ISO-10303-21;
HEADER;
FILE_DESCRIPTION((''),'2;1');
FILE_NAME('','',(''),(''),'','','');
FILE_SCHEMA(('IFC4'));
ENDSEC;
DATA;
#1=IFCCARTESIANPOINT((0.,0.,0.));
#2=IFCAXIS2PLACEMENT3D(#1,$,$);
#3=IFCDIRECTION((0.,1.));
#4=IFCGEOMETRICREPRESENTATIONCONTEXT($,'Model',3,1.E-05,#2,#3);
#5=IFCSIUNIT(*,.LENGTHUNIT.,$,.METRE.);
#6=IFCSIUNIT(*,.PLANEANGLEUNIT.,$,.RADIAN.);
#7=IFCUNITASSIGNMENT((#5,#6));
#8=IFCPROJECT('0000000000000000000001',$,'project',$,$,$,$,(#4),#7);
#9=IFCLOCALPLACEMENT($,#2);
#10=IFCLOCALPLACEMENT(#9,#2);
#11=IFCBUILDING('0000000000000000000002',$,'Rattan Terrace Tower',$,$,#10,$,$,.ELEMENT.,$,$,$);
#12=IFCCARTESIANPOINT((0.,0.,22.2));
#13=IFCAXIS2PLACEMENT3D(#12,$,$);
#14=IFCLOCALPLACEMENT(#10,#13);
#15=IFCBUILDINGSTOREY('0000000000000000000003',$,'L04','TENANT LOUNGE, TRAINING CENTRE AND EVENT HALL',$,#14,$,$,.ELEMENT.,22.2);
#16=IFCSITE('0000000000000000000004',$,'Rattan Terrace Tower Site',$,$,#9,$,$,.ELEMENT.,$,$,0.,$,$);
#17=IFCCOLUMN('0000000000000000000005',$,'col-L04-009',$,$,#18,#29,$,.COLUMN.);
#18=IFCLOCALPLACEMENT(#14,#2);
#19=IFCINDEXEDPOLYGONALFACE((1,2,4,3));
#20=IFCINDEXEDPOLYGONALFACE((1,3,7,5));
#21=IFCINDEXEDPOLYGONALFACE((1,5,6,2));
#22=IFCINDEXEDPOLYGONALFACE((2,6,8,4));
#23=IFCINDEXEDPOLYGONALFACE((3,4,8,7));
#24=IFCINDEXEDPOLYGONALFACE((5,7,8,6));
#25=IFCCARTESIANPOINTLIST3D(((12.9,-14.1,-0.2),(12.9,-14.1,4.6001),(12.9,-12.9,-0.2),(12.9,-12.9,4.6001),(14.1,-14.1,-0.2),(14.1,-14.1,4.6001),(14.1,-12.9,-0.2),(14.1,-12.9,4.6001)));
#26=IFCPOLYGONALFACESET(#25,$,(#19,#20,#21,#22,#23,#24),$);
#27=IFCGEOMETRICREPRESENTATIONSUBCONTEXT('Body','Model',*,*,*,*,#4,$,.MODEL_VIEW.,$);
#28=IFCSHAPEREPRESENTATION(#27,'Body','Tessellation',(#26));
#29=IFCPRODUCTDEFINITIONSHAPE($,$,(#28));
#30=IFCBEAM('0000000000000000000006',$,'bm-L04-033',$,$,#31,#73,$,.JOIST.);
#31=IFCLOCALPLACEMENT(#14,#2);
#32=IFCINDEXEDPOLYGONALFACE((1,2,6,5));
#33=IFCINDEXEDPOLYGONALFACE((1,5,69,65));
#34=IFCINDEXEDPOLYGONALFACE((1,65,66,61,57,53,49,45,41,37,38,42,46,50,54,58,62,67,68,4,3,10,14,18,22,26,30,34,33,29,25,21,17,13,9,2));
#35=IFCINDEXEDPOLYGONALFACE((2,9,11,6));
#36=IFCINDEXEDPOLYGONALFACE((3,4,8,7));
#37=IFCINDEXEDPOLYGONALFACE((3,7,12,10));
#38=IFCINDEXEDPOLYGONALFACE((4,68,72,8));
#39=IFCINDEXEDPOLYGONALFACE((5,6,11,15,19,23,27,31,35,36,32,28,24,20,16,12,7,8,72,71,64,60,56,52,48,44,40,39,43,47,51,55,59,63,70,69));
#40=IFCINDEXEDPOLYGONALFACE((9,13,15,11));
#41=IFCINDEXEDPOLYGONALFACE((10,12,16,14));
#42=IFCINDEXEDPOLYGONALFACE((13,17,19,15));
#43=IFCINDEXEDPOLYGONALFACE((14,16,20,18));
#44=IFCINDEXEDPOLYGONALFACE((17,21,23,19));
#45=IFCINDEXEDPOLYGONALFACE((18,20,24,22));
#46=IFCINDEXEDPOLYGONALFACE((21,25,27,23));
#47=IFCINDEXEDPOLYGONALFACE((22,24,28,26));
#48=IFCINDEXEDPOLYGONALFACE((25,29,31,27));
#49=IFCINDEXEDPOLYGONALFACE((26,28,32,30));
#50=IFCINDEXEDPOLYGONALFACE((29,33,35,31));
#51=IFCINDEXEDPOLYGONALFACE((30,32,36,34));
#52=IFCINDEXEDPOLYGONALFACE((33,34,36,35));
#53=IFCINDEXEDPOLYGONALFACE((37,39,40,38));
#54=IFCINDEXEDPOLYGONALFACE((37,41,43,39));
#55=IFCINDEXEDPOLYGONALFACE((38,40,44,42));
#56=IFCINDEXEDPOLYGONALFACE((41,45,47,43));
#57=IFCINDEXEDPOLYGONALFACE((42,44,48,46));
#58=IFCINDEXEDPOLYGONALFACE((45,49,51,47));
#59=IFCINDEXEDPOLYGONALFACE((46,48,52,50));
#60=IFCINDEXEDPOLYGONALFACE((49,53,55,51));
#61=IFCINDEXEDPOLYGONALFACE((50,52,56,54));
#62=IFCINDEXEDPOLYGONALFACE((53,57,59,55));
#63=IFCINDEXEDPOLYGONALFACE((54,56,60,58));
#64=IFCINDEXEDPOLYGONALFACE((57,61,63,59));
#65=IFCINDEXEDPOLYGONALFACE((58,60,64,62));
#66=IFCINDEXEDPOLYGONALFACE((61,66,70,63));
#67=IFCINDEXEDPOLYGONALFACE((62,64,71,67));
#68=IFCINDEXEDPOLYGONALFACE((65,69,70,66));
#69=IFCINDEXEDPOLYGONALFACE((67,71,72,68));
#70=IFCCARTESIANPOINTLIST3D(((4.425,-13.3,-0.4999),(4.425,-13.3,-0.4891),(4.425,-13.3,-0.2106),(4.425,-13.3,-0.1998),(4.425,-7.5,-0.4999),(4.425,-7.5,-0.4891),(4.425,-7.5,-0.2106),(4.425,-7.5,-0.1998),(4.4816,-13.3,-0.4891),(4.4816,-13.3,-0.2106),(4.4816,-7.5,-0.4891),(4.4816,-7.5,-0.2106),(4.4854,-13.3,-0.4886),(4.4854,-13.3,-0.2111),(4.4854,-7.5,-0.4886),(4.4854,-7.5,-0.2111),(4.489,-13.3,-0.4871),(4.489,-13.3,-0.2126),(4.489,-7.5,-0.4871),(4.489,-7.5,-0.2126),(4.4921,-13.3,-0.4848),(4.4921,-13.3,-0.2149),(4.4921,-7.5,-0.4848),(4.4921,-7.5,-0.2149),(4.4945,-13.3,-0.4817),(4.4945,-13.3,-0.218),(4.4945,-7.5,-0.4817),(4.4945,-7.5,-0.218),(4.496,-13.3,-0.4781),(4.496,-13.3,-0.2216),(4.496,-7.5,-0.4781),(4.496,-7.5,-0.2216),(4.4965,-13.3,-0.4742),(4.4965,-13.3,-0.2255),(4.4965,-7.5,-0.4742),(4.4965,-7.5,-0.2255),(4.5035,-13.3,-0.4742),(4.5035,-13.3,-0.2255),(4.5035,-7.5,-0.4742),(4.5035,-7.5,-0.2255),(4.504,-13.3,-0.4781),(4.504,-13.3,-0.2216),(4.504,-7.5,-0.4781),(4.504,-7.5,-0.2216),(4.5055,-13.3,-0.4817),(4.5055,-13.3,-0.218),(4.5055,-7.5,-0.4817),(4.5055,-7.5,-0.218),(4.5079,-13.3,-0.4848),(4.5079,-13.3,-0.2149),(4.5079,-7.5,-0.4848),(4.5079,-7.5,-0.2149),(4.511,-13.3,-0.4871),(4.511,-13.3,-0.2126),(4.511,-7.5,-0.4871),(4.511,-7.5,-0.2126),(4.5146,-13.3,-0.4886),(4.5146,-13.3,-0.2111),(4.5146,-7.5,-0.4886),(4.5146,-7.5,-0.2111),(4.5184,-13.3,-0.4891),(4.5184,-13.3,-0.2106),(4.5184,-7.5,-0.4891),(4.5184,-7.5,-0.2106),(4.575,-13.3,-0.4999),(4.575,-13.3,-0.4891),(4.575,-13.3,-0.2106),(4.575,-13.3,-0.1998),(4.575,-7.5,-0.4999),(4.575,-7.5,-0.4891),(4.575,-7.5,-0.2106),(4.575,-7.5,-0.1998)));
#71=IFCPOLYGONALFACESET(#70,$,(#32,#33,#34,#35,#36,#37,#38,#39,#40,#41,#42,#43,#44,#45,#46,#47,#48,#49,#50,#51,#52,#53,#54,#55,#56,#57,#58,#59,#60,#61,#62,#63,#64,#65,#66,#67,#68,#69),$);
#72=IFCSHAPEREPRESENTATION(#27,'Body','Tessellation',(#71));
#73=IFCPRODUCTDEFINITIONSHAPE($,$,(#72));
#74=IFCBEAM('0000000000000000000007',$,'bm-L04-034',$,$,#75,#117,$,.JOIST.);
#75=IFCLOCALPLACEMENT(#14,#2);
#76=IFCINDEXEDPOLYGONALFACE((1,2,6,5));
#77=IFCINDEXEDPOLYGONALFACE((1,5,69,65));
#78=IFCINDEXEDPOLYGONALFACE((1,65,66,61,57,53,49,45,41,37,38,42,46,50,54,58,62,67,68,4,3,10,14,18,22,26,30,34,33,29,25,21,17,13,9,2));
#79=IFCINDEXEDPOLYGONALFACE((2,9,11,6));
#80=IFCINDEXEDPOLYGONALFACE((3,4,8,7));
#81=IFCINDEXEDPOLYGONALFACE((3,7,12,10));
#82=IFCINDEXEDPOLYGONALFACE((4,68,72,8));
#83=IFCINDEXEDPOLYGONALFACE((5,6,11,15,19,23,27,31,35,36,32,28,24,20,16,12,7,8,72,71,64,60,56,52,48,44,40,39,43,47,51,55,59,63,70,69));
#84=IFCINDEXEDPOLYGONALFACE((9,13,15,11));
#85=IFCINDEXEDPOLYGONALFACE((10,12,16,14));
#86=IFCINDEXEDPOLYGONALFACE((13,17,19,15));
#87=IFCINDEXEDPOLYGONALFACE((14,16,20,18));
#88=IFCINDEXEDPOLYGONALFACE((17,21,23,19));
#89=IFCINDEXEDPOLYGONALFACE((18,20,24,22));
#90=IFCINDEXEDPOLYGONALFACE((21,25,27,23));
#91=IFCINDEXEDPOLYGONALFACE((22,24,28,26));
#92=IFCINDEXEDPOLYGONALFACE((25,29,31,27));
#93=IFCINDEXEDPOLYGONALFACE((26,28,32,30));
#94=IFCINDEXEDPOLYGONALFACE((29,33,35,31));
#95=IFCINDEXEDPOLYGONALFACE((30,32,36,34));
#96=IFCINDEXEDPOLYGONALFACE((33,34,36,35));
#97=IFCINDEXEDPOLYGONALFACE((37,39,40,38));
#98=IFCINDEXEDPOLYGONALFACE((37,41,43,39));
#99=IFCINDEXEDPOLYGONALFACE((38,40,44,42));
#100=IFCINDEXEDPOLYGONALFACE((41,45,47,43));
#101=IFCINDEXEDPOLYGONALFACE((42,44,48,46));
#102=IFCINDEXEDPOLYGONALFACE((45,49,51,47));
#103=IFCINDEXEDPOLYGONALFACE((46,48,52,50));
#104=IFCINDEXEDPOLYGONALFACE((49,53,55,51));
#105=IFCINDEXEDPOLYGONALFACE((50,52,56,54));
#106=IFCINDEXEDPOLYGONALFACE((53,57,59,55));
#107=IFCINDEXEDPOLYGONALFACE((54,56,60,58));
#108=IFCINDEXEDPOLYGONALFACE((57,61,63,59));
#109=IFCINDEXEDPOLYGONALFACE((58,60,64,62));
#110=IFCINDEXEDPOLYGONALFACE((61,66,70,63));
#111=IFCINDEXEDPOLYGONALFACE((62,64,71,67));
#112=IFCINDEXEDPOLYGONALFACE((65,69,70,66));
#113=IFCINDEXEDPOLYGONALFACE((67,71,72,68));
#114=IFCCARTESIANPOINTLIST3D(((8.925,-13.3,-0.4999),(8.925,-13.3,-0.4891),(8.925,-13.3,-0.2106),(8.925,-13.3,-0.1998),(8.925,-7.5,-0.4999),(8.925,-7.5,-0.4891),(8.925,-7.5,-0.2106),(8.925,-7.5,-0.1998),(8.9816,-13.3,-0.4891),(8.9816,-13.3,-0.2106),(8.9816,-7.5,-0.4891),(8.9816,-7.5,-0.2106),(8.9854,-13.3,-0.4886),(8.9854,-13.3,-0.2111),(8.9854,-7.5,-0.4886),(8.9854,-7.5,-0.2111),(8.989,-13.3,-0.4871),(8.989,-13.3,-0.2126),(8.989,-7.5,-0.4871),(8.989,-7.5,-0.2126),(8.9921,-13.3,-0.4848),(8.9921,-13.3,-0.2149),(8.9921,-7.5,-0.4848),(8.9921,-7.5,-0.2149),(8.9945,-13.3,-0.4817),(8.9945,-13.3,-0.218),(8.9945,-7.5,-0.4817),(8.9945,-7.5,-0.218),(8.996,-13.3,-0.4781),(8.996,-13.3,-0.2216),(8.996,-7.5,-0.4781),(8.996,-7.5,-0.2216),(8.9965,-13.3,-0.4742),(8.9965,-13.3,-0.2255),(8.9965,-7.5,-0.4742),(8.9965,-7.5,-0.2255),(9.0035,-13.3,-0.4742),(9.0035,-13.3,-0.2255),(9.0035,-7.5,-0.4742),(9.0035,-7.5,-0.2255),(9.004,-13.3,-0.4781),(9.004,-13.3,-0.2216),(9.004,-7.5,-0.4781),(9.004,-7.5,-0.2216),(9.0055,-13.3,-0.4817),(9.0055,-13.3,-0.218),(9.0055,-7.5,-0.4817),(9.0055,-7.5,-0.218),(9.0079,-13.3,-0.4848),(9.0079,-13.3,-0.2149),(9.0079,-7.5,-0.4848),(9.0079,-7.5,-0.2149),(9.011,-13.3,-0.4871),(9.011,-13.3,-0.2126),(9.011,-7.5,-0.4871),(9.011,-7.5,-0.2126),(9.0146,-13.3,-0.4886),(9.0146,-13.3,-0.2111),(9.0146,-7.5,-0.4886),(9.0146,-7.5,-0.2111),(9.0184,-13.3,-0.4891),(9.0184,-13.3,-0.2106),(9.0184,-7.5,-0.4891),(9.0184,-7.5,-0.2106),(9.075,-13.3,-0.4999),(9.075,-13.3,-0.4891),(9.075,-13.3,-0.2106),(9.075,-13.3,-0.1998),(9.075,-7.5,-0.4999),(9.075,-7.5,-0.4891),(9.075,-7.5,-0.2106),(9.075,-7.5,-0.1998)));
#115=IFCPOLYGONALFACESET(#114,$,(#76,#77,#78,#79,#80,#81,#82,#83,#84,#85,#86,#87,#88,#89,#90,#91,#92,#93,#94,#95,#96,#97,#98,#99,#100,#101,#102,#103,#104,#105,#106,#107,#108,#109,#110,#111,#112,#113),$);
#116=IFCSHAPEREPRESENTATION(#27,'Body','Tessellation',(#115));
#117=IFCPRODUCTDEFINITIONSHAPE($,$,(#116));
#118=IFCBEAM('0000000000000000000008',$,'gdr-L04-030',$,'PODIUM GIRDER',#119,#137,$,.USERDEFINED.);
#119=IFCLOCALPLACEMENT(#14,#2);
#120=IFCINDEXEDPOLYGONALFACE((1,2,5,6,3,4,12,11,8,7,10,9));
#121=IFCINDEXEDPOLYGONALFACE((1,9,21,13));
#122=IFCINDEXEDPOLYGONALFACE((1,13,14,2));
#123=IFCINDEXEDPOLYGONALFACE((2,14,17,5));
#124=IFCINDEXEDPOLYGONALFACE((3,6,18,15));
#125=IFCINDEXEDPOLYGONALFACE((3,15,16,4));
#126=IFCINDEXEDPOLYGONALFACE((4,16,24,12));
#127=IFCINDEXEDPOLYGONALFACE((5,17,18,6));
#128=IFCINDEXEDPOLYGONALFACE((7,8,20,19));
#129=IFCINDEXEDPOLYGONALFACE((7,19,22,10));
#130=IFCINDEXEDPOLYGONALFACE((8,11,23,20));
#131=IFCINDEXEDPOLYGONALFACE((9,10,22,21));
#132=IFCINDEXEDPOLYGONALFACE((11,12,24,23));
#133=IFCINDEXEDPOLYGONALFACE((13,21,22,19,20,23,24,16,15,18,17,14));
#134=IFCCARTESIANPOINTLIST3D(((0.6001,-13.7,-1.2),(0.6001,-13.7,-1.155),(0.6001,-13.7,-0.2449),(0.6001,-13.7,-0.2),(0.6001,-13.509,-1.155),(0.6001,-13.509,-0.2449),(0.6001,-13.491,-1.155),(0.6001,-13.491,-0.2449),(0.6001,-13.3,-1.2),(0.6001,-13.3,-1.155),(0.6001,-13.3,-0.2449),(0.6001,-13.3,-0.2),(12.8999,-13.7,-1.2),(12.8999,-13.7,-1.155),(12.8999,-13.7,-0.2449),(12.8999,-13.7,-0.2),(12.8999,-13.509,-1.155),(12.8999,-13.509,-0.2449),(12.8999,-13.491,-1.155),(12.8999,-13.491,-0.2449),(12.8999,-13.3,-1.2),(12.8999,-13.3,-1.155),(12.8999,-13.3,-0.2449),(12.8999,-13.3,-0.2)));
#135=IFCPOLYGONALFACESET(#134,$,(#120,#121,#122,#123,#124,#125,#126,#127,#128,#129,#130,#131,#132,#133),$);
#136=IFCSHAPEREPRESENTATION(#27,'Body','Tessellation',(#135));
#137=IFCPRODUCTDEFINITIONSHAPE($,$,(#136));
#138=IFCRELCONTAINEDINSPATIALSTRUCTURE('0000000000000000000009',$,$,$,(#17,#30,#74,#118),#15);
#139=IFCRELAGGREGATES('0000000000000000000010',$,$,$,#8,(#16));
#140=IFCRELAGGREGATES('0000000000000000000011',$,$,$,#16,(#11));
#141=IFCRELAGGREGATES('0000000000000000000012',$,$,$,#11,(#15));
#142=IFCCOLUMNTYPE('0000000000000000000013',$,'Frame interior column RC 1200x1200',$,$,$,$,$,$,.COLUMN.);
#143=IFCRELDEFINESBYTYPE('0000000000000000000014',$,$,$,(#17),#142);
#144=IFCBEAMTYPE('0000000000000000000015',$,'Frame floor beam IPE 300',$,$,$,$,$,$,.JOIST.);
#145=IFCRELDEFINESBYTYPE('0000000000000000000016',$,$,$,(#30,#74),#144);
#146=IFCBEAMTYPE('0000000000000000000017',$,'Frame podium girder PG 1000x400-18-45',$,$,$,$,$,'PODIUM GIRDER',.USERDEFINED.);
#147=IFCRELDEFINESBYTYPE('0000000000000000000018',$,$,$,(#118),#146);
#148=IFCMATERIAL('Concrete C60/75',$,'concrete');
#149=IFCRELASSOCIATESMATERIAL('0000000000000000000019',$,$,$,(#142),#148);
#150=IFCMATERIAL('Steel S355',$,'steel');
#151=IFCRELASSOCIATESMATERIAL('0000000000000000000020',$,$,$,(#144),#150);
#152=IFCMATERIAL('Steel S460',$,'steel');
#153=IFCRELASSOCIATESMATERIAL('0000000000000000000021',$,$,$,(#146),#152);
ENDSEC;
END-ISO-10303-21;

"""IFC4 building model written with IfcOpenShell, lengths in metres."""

from ifc_helpers import new_model, si_unit, direction, frame, origin, origin_2d, place, context, subcontext, project, spatial, rectangle, i_section, extrude, material, material_profile, profile_set, type_object, element, save


model = new_model("IFC4")

# Units and contexts
model_context = context("Model", 3, precision=1e-05, world=origin(), true_north=direction((0.0, 1.0)))
body_context = subcontext(model_context, "Body", "Model", "MODEL_VIEW")
ifc_project = project(units=[si_unit("LENGTHUNIT", "METRE"), si_unit("PLANEANGLEUNIT", "RADIAN")], contexts=[model_context])

# Site, building, storey
site_placement = place(None, origin())
site = spatial("IfcSite", under=ifc_project, at=site_placement, Name="Rattan Terrace Tower Site", CompositionType="ELEMENT", RefElevation=0.0)
building_placement = place(site_placement, origin())
building = spatial("IfcBuilding", under=site, at=building_placement, Name="Rattan Terrace Tower", CompositionType="ELEMENT")
storey_placement = place(building_placement, frame((0.0, 0.0, 22.2)))
storey = spatial("IfcBuildingStorey", under=building, at=storey_placement, Name="L04", Description="TENANT LOUNGE, TRAINING CENTRE AND EVENT HALL", CompositionType="ELEMENT", Elevation=22.2)

# Column
ifc_material_1 = material(Name="Concrete C60/75", Category="concrete")
ifc_material_profile_1 = material_profile(ifc_material_1, rectangle(XDim=1.2, YDim=1.2, at=origin_2d()), Name="RC 1200x1200")
ifc_profile_set_1 = profile_set([ifc_material_profile_1], Name="Concrete C60/75")
column_type = type_object("IfcColumnType", Name="Frame interior column RC 1200x1200", PredefinedType="COLUMN", material=ifc_profile_set_1)
column_placement = place(storey_placement, frame((13.5, -13.5, -0.2), z_axis=(0.0, 0.0, 1.0), x_axis=(1.0, 0.0, 0.0)))
element("IfcColumn", 1, at=column_placement, inside=storey, type_object=column_type, Name="col-L04-009", PredefinedType="COLUMN", context=body_context, shape_type="SweptSolid", body=[
    extrude(rectangle(XDim=1.2, YDim=1.2, at=origin_2d()), origin(), (0.0, 0.0, 1.0), 4.8),
])

# Beams
ifc_material_2 = material(Name="Steel S355", Category="steel")
ifc_material_profile_2 = material_profile(ifc_material_2, i_section(OverallWidth=0.1499, OverallDepth=0.3, WebThickness=0.0071, FlangeThickness=0.0107, FilletRadius=0.0149, at=origin_2d()), Name="IPE 300")
ifc_profile_set_2 = profile_set([ifc_material_profile_2], Name="Steel S355")
beam_type_1 = type_object("IfcBeamType", Name="Frame floor beam IPE 300", PredefinedType="JOIST", material=ifc_profile_set_2)
for number, where, z_axis, x_axis, name in (
    (2, (4.5, -13.3, -0.3499), (0.0, 1.0, 0.0), (-1.0, 0.0, 0.0), "bm-L04-033"),
    (3, (9.0, -13.3, -0.3499), (0.0, 1.0, 0.0), (-1.0, 0.0, 0.0), "bm-L04-034"),
):
    element("IfcBeam", number, at=place(storey_placement, frame(where, z_axis=z_axis, x_axis=x_axis)), inside=storey, type_object=beam_type_1, Name=name, PredefinedType="JOIST", context=body_context, shape_type="SweptSolid", body=[
        extrude(i_section(OverallWidth=0.1499, OverallDepth=0.3, WebThickness=0.0071, FlangeThickness=0.0107, FilletRadius=0.0149, at=origin_2d()), origin(), (0.0, 0.0, 1.0), 5.8),
    ])
ifc_material_3 = material(Name="Steel S460", Category="steel")
ifc_material_profile_3 = material_profile(ifc_material_3, i_section(OverallWidth=0.3999, OverallDepth=1.0, WebThickness=0.0181, FlangeThickness=0.0449, at=origin_2d()), Name="PG 1000x400-18-45")
ifc_profile_set_3 = profile_set([ifc_material_profile_3], Name="Steel S460")
beam_type_2 = type_object("IfcBeamType", Name="Frame podium girder PG 1000x400-18-45", ElementType="PODIUM GIRDER", PredefinedType="USERDEFINED", material=ifc_profile_set_3)
beam_placement = place(storey_placement, frame((0.6001, -13.5, -0.7), z_axis=(1.0, 0.0, 0.0), x_axis=(0.0, 1.0, 0.0)))
element("IfcBeam", 4, at=beam_placement, inside=storey, type_object=beam_type_2, Name="gdr-L04-030", ObjectType="PODIUM GIRDER", PredefinedType="USERDEFINED", context=body_context, shape_type="SweptSolid", body=[
    extrude(i_section(OverallWidth=0.3999, OverallDepth=1.0, WebThickness=0.0181, FlangeThickness=0.0449, at=origin_2d()), origin(), (0.0, 0.0, 1.0), 12.2998),
])

save(model, "model.ifc")
